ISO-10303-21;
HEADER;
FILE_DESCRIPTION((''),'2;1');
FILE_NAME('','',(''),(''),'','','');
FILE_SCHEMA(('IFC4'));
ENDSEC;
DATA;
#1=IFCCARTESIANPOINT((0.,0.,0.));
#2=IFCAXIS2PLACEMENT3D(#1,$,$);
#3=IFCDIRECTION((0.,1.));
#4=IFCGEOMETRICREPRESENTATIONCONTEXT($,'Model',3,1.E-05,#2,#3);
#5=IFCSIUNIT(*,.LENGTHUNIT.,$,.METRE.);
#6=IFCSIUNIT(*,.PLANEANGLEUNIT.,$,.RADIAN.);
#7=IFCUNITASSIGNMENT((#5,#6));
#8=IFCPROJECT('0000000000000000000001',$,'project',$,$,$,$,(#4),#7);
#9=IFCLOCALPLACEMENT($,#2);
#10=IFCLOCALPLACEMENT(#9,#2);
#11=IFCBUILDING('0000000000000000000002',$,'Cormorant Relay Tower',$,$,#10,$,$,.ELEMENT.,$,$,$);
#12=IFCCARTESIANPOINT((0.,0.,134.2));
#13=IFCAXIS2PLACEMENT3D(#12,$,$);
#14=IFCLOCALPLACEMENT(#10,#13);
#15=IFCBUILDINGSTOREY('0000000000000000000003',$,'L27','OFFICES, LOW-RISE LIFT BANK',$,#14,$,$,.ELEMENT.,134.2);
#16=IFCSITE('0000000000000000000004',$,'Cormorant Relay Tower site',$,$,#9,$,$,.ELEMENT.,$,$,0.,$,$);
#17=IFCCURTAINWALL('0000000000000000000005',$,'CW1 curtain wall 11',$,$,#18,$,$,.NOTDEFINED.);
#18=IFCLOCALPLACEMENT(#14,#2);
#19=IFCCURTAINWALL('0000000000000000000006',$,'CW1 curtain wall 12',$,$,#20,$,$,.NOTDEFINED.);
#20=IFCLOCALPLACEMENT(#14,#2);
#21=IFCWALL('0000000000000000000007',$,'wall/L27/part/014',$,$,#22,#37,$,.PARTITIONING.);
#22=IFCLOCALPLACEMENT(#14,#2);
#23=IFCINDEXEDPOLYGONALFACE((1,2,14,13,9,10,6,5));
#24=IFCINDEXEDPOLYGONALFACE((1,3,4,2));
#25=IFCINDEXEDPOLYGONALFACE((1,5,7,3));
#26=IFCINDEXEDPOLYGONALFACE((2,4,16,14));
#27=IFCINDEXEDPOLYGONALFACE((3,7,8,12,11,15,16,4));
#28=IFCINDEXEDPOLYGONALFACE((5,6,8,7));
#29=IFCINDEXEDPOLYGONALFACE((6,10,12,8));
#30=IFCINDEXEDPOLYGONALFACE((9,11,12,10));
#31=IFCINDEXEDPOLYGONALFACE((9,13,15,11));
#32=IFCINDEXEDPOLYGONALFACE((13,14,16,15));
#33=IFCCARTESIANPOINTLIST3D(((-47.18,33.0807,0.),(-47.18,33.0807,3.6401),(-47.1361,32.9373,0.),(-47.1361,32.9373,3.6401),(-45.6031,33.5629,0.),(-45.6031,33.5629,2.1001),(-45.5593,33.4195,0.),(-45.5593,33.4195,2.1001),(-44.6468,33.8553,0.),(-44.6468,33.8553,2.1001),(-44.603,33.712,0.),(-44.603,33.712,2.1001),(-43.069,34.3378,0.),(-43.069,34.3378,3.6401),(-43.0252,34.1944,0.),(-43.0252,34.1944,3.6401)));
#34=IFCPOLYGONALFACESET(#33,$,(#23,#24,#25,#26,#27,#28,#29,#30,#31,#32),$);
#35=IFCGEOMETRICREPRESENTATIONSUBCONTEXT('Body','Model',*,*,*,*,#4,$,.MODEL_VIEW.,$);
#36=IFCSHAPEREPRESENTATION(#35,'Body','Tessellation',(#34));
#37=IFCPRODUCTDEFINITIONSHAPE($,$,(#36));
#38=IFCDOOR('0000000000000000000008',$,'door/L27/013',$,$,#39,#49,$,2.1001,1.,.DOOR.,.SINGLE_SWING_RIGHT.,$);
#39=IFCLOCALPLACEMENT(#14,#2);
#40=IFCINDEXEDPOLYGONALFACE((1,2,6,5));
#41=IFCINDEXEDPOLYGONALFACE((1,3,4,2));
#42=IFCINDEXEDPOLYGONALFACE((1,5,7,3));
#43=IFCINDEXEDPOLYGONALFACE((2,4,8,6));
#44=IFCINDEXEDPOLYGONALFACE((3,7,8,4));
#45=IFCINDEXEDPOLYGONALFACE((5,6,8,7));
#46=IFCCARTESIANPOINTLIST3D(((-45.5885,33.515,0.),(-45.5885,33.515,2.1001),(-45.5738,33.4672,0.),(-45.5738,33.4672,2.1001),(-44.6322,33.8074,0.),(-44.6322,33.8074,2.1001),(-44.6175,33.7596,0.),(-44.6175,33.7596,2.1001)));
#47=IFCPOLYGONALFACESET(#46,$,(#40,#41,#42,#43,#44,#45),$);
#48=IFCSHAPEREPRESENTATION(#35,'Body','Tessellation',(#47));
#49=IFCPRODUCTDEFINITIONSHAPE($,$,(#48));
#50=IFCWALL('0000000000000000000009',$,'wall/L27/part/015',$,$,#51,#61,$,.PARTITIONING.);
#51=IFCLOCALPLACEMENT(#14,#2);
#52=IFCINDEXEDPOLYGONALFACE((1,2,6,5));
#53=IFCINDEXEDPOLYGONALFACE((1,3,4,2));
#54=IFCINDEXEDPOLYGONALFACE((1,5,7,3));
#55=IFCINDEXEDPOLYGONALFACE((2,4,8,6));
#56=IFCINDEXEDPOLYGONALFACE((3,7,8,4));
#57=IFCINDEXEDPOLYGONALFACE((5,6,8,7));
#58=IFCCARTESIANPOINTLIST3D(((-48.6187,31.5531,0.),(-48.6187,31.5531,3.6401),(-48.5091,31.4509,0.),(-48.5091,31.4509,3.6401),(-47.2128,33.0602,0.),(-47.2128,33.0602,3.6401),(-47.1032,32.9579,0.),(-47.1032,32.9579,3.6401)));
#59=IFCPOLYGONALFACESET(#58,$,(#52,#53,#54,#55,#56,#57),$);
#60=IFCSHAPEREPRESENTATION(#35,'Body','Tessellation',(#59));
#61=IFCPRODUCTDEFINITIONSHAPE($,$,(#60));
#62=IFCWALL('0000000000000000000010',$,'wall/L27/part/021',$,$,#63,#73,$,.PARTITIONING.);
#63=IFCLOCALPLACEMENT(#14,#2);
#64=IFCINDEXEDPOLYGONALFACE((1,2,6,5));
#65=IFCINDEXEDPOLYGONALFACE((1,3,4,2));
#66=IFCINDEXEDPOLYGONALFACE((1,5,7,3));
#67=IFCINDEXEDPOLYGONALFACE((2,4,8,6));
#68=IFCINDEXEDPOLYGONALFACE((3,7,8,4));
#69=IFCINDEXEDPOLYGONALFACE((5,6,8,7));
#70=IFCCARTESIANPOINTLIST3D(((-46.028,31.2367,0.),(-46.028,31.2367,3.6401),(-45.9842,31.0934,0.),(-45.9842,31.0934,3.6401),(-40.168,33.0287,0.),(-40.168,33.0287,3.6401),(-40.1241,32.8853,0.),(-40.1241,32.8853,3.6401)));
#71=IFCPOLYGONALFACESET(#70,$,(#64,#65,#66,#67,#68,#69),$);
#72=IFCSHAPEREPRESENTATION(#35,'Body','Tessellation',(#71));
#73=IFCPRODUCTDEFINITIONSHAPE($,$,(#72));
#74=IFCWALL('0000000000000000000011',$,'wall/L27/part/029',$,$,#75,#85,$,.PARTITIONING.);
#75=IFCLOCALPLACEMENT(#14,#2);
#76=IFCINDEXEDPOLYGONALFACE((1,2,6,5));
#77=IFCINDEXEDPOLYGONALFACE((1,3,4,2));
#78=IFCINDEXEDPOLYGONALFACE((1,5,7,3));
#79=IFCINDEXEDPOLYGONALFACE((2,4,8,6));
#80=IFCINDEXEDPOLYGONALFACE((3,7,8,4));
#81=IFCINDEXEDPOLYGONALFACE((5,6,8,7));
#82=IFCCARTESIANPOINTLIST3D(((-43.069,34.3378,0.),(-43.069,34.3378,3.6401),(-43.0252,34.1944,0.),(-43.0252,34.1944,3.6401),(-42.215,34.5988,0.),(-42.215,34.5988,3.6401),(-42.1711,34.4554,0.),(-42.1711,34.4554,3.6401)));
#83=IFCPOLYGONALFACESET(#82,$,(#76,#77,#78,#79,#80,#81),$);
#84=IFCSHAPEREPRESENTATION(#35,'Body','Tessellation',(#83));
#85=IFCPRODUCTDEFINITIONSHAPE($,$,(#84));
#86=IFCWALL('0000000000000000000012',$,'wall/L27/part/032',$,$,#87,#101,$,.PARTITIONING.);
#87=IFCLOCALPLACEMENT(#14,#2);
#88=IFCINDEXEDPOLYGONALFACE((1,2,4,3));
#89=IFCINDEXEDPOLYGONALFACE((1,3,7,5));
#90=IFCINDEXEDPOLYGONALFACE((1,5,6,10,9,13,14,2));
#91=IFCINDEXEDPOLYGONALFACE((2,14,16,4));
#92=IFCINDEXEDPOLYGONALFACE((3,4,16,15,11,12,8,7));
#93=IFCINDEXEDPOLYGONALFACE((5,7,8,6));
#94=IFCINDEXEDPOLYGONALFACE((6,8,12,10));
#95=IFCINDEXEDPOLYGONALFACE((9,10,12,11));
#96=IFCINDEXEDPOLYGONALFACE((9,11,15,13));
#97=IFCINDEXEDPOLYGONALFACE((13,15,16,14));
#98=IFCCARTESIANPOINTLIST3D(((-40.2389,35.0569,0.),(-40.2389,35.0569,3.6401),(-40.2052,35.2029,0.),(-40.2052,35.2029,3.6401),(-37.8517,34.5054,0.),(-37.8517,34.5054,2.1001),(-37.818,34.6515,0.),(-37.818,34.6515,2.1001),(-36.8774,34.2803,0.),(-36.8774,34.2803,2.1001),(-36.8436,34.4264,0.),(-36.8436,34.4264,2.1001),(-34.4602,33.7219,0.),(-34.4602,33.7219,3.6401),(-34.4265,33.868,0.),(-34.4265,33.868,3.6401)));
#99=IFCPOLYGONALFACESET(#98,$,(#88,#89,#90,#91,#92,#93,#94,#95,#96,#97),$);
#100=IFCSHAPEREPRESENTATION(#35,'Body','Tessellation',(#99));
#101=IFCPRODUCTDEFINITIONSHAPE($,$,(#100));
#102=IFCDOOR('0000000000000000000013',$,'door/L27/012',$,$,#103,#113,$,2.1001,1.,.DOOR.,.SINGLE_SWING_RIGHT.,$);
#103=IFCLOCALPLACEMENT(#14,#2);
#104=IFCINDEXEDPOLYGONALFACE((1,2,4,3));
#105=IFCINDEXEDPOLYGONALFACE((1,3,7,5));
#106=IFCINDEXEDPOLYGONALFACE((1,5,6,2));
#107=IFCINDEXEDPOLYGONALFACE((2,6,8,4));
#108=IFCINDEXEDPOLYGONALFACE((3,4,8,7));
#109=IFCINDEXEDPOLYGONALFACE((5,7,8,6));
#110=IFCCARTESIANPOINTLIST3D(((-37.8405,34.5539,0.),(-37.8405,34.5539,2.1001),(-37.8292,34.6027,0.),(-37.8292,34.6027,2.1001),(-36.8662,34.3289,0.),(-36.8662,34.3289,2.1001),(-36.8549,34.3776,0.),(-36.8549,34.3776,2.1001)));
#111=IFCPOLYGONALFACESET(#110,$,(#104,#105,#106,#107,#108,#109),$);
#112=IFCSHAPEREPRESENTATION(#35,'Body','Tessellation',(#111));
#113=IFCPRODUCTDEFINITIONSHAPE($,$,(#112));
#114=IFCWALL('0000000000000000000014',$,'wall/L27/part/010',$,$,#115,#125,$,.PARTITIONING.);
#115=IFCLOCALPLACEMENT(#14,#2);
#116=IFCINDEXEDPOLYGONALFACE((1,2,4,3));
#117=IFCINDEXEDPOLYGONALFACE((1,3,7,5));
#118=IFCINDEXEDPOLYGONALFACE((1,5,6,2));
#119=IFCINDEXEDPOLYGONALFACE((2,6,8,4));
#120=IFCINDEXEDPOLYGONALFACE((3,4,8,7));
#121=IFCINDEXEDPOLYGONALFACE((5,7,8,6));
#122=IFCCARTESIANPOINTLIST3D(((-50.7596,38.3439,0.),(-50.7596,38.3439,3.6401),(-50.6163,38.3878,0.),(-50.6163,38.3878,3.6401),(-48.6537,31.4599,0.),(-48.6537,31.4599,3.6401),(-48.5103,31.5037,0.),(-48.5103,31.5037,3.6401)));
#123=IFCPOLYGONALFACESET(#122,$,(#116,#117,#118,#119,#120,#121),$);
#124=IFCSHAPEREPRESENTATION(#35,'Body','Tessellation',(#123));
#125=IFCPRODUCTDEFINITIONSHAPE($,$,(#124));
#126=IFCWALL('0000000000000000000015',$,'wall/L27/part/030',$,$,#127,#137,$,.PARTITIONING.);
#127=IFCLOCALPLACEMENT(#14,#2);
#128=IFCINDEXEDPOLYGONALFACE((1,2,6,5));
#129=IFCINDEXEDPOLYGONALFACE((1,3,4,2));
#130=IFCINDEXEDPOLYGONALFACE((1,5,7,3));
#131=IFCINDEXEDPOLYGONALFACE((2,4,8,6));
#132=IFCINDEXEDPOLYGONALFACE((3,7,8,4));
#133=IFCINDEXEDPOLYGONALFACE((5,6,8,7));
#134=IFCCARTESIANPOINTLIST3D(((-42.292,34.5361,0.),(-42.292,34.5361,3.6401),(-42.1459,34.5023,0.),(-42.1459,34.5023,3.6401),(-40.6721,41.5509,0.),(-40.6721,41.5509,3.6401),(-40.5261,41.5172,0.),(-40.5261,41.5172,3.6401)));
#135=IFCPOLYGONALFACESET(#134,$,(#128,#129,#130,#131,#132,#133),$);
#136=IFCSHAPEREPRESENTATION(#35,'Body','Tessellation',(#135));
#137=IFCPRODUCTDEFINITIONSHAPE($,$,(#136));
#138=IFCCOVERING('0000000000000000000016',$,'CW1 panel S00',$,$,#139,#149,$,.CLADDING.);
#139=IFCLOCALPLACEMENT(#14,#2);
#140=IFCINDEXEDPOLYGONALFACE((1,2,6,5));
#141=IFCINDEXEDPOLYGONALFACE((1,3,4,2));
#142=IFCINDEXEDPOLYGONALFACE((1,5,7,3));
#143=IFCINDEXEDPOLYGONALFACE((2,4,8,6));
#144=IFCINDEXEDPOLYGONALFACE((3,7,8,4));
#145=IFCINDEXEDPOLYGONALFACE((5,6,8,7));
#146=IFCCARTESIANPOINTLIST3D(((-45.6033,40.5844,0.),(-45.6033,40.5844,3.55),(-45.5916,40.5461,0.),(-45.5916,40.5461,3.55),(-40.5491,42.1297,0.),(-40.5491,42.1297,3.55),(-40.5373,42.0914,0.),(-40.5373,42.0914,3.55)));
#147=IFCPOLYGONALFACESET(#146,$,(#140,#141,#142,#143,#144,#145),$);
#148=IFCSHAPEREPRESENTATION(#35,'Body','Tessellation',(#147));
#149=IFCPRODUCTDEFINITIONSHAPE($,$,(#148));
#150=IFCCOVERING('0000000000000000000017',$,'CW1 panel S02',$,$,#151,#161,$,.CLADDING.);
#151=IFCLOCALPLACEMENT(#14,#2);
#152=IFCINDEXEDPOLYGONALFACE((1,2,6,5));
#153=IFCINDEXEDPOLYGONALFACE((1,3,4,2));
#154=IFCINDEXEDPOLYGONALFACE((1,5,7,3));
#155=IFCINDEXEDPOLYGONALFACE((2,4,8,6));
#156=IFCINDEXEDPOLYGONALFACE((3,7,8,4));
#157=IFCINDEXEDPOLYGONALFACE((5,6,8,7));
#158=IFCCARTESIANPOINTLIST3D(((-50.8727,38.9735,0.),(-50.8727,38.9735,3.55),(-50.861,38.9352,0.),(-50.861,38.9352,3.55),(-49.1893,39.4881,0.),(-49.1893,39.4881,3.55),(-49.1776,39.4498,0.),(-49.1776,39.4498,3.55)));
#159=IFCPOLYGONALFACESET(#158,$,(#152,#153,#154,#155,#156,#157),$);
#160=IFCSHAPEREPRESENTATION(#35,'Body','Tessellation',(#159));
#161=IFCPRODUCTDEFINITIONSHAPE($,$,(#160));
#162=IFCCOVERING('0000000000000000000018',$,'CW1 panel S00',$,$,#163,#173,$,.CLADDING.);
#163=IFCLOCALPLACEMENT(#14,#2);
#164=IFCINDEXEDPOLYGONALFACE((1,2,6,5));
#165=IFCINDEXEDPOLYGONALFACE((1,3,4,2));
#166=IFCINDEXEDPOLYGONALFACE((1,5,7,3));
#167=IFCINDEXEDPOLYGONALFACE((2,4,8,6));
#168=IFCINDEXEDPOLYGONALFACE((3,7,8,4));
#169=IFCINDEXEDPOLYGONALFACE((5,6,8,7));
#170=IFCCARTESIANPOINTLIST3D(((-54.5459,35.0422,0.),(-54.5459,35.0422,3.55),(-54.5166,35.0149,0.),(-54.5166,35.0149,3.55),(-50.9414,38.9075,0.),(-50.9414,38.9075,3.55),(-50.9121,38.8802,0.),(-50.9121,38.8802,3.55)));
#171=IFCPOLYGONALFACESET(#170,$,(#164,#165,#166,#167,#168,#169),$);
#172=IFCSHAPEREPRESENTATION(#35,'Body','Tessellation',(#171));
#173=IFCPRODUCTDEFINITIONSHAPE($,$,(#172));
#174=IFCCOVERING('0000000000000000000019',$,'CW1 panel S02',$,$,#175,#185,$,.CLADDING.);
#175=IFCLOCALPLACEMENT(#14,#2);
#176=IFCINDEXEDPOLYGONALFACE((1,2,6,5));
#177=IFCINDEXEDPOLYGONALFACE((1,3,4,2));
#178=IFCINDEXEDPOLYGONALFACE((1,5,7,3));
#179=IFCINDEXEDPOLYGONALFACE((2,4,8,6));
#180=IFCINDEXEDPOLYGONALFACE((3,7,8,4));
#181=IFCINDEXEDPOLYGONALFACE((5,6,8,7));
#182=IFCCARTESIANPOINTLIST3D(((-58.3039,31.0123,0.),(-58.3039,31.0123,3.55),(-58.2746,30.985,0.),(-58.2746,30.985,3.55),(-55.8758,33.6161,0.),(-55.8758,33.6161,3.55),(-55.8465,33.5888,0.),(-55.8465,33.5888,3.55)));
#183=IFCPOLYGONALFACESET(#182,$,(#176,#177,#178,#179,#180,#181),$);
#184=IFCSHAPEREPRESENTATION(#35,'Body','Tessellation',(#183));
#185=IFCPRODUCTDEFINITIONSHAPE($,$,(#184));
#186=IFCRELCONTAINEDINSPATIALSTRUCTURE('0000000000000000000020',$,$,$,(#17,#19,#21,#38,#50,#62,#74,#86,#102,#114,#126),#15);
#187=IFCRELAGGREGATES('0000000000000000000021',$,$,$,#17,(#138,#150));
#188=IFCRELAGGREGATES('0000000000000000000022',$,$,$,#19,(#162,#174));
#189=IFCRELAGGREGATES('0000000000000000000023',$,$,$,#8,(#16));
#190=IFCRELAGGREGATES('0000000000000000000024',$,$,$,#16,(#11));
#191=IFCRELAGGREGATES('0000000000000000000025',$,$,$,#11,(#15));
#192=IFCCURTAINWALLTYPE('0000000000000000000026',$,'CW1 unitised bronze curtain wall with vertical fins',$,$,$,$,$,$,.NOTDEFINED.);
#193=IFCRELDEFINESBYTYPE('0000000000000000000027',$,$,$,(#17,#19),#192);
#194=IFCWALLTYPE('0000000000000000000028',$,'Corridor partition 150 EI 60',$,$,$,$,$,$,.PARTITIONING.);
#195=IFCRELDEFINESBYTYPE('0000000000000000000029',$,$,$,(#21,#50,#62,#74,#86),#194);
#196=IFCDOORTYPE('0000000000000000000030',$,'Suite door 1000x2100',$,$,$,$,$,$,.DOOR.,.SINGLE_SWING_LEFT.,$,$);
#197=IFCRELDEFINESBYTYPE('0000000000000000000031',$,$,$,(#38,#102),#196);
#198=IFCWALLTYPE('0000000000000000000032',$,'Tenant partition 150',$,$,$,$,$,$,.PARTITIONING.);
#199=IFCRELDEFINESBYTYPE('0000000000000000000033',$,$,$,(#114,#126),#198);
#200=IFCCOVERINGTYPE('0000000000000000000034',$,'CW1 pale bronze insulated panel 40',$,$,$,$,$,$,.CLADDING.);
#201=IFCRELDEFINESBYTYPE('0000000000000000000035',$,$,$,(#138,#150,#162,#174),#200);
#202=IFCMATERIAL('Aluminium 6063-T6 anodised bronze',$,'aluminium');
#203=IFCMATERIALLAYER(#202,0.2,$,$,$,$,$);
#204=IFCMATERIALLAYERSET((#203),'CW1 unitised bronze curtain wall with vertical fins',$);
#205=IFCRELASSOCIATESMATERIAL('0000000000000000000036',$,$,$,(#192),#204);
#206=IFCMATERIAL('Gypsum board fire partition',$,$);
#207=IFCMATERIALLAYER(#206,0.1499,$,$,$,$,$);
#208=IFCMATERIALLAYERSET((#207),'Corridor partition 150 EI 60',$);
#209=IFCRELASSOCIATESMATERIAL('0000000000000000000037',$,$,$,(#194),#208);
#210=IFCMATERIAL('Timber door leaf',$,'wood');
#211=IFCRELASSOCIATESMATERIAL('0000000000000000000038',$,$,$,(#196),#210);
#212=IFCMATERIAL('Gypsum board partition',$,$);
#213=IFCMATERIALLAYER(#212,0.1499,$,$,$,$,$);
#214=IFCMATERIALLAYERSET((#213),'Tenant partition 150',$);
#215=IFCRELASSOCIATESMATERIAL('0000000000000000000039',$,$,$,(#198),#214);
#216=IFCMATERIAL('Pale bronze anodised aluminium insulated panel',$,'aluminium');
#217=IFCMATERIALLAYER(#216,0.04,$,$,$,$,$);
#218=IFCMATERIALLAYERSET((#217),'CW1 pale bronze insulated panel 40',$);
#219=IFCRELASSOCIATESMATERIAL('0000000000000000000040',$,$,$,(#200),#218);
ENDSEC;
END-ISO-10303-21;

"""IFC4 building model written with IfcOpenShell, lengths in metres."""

from ifc_helpers import new_model, si_unit, direction, frame, frame_2d, origin, origin_2d, place, context, subcontext, project, spatial, rectangle, extrude, material, layer, layer_set, type_object, element, fill, aggregate, save


model = new_model("IFC4")

# Units and contexts
model_context = context("Model", 3, precision=1e-05, world=origin(), true_north=direction((0.0, 1.0)))
body_context = subcontext(model_context, "Body", "Model", "MODEL_VIEW")
ifc_project = project(units=[si_unit("LENGTHUNIT", "METRE"), si_unit("PLANEANGLEUNIT", "RADIAN")], contexts=[model_context])

# Site, building, storey
site_placement = place(None, origin())
site = spatial("IfcSite", under=ifc_project, at=site_placement, Name="Cormorant Relay Tower site", CompositionType="ELEMENT", RefElevation=0.0)
building_placement = place(site_placement, origin())
building = spatial("IfcBuilding", under=site, at=building_placement, Name="Cormorant Relay Tower", CompositionType="ELEMENT")
storey_placement = place(building_placement, frame((0.0, 0.0, 134.2)))
storey = spatial("IfcBuildingStorey", under=building, at=storey_placement, Name="L27", Description="OFFICES, LOW-RISE LIFT BANK", CompositionType="ELEMENT", Elevation=134.2)

# Curtain walls
ifc_material_1 = material(Name="Aluminium 6063-T6 anodised bronze", Category="aluminium")
ifc_layer_1 = layer(ifc_material_1, 0.2)
ifc_layer_set_1 = layer_set([ifc_layer_1], Name="CW1 unitised bronze curtain wall with vertical fins")
curtain_wall_type = type_object("IfcCurtainWallType", Name="CW1 unitised bronze curtain wall with vertical fins", PredefinedType="NOTDEFINED", material=ifc_layer_set_1)
curtain_wall_1_placement = place(storey_placement, origin())
curtain_wall_1 = element("IfcCurtainWall", 1, at=curtain_wall_1_placement, inside=storey, type_object=curtain_wall_type, Name="CW1 curtain wall 11", PredefinedType="NOTDEFINED")
curtain_wall_2_placement = place(storey_placement, origin())
curtain_wall_2 = element("IfcCurtainWall", 2, at=curtain_wall_2_placement, inside=storey, type_object=curtain_wall_type, Name="CW1 curtain wall 12", PredefinedType="NOTDEFINED")

# Wall, opening, door
ifc_material_2 = material(Name="Gypsum board fire partition")
ifc_layer_2 = layer(ifc_material_2, 0.1499)
ifc_layer_set_2 = layer_set([ifc_layer_2], Name="Corridor partition 150 EI 60")
wall_type_1 = type_object("IfcWallType", Name="Corridor partition 150 EI 60", PredefinedType="PARTITIONING", material=ifc_layer_set_2)
wall_1_placement = place(storey_placement, frame((-43.0471, 34.2661, 0.0), z_axis=(0.0, 0.0, 1.0), x_axis=(-0.956287, -0.292429, 0.0)))
wall_1 = element("IfcWall", 3, at=wall_1_placement, inside=storey, type_object=wall_type_1, Name="wall/L27/part/014", PredefinedType="PARTITIONING", context=body_context, shape_type="SweptSolid", body=[
    extrude(rectangle(XDim=4.2988, YDim=0.1499, at=frame_2d((2.1494, 0.0))), origin(), (0.0, 0.0, 1.0), 3.6401),
])
opening_1_placement = place(wall_1_placement, frame((1.6499, 0.0, 0.0)))
opening_1 = element("IfcOpeningElement", 4, at=opening_1_placement, cuts=wall_1, PredefinedType="OPENING", context=body_context, shape_type="SweptSolid", body=[
    extrude(rectangle(XDim=1.0, YDim=2.1001, at=frame_2d((0.5, 1.05))), frame((0.0, 0.085, 0.0), z_axis=(0.0, -1.0, 0.0), x_axis=(1.0, 0.0, 0.0)), (0.0, 0.0, 1.0), 0.1699),
])
ifc_material_3 = material(Name="Timber door leaf", Category="wood")
door_type = type_object("IfcDoorType", Name="Suite door 1000x2100", OperationType="SINGLE_SWING_LEFT", PredefinedType="DOOR", material=ifc_material_3)
door_1_placement = place(opening_1_placement, frame((1.0, 0.0, 0.0), z_axis=(0.0, 0.0, 1.0), x_axis=(-1.0, 0.0, 0.0)))
door_1 = element("IfcDoor", 5, at=door_1_placement, inside=storey, type_object=door_type, Name="door/L27/013", OperationType="SINGLE_SWING_RIGHT", OverallHeight=2.1001, OverallWidth=1.0, PredefinedType="DOOR", context=body_context, shape_type="SweptSolid", body=[
    extrude(rectangle(XDim=1.0, YDim=2.1001, at=frame_2d((0.5, 1.05))), frame((0.0, 0.0249, 0.0), z_axis=(0.0, -1.0, 0.0), x_axis=(1.0, 0.0, 0.0)), (0.0, 0.0, 1.0), 0.05),
])
fill(opening_1, door_1)

# Walls
wall_2_placement = place(storey_placement, frame((-47.158, 33.009, 0.0), z_axis=(0.0, 0.0, 1.0), x_axis=(-0.682162, -0.731201, 0.0)))
element("IfcWall", 6, at=wall_2_placement, inside=storey, type_object=wall_type_1, Name="wall/L27/part/015", PredefinedType="PARTITIONING", context=body_context, shape_type="SweptSolid", body=[
    extrude(rectangle(XDim=2.061, YDim=0.1499, at=frame_2d((1.0305, 0.0))), origin(), (0.0, 0.0, 1.0), 3.6401),
])
wall_3_placement = place(storey_placement, frame((-46.0061, 31.165, 0.0), z_axis=(0.0, 0.0, 1.0), x_axis=(0.956288, 0.292428, 0.0)))
element("IfcWall", 7, at=wall_3_placement, inside=storey, type_object=wall_type_1, Name="wall/L27/part/021", PredefinedType="PARTITIONING", context=body_context, shape_type="SweptSolid", body=[
    extrude(rectangle(XDim=6.1279, YDim=0.1499, at=frame_2d((3.064, 0.0))), origin(), (0.0, 0.0, 1.0), 3.6401),
])
wall_4_placement = place(storey_placement, frame((-43.0471, 34.2661, 0.0), z_axis=(0.0, 0.0, 1.0), x_axis=(0.956339, 0.29226, 0.0)))
element("IfcWall", 8, at=wall_4_placement, inside=storey, type_object=wall_type_1, Name="wall/L27/part/029", PredefinedType="PARTITIONING", context=body_context, shape_type="SweptSolid", body=[
    extrude(rectangle(XDim=0.8931, YDim=0.1499, at=frame_2d((0.4465, 0.0))), origin(), (0.0, 0.0, 1.0), 3.6401),
])

# Wall, opening, door
wall_5_placement = place(storey_placement, frame((-40.2219, 35.1299, 0.0), z_axis=(0.0, 0.0, 1.0), x_axis=(0.97434, -0.225082, 0.0)))
wall_5 = element("IfcWall", 9, at=wall_5_placement, inside=storey, type_object=wall_type_1, Name="wall/L27/part/032", PredefinedType="PARTITIONING", context=body_context, shape_type="SweptSolid", body=[
    extrude(rectangle(XDim=5.9309, YDim=0.1499, at=frame_2d((2.9653, 0.0))), origin(), (0.0, 0.0, 1.0), 3.6401),
])
opening_2_placement = place(wall_5_placement, frame((2.45, 0.0, 0.0)))
opening_2 = element("IfcOpeningElement", 10, at=opening_2_placement, cuts=wall_5, PredefinedType="OPENING", context=body_context, shape_type="SweptSolid", body=[
    extrude(rectangle(XDim=1.0, YDim=2.1001, at=frame_2d((0.5, 1.05))), frame((0.0, 0.085, 0.0), z_axis=(0.0, -1.0, 0.0), x_axis=(1.0, 0.0, 0.0)), (0.0, 0.0, 1.0), 0.1699),
])
door_2_placement = place(opening_2_placement, origin())
door_2 = element("IfcDoor", 11, at=door_2_placement, inside=storey, type_object=door_type, Name="door/L27/012", OperationType="SINGLE_SWING_RIGHT", OverallHeight=2.1001, OverallWidth=1.0, PredefinedType="DOOR", context=body_context, shape_type="SweptSolid", body=[
    extrude(rectangle(XDim=1.0, YDim=2.1001, at=frame_2d((0.5, 1.05))), frame((0.0, 0.0249, 0.0), z_axis=(0.0, -1.0, 0.0), x_axis=(1.0, 0.0, 0.0)), (0.0, 0.0, 1.0), 0.05),
])
fill(opening_2, door_2)

# Walls
ifc_material_4 = material(Name="Gypsum board partition")
ifc_layer_3 = layer(ifc_material_4, 0.1499)
ifc_layer_set_3 = layer_set([ifc_layer_3], Name="Tenant partition 150")
wall_type_2 = type_object("IfcWallType", Name="Tenant partition 150", PredefinedType="PARTITIONING", material=ifc_layer_set_3)
wall_6_placement = place(storey_placement, frame((-50.688, 38.366, 0.0), z_axis=(0.0, 0.0, 1.0), x_axis=(0.292536, -0.956254, 0.0)))
element("IfcWall", 12, at=wall_6_placement, inside=storey, type_object=wall_type_2, Name="wall/L27/part/010", PredefinedType="PARTITIONING", context=body_context, shape_type="SweptSolid", body=[
    extrude(rectangle(XDim=7.199, YDim=0.1499, at=frame_2d((3.5996, 0.0))), origin(), (0.0, 0.0, 1.0), 3.6401),
])
wall_7_placement = place(storey_placement, frame((-40.5991, 41.5339, 0.0), z_axis=(0.0, 0.0, 1.0), x_axis=(-0.224998, -0.974359, 0.0)))
element("IfcWall", 13, at=wall_7_placement, inside=storey, type_object=wall_type_2, Name="wall/L27/part/030", PredefinedType="PARTITIONING", context=body_context, shape_type="SweptSolid", body=[
    extrude(rectangle(XDim=7.1995, YDim=0.1499, at=frame_2d((3.5996, 0.0))), origin(), (0.0, 0.0, 1.0), 3.6401),
])

# Coverings
ifc_material_5 = material(Name="Pale bronze anodised aluminium insulated panel", Category="aluminium")
ifc_layer_4 = layer(ifc_material_5, 0.04)
ifc_layer_set_4 = layer_set([ifc_layer_4], Name="CW1 pale bronze insulated panel 40")
covering_type = type_object("IfcCoveringType", Name="CW1 pale bronze insulated panel 40", PredefinedType="CLADDING", material=ifc_layer_set_4)
covering_1_placement = place(storey_placement, frame((-43.0703, 41.3379, 0.0), z_axis=(0.0, 0.0, 1.0), x_axis=(-0.956305, -0.292372, 0.0)))
covering_1 = element("IfcCovering", 14, at=covering_1_placement, type_object=covering_type, Name="CW1 panel S00", PredefinedType="CLADDING", context=body_context, shape_type="SweptSolid", body=[
    extrude(rectangle(XDim=5.2852, YDim=0.04, at=origin_2d()), origin(), (0.0, 0.0, 1.0), 3.55),
])
covering_2_placement = place(storey_placement, frame((-50.0251, 39.2117, 0.0), z_axis=(0.0, 0.0, 1.0), x_axis=(-0.956305, -0.292372, 0.0)))
covering_2 = element("IfcCovering", 15, at=covering_2_placement, type_object=covering_type, Name="CW1 panel S02", PredefinedType="CLADDING", context=body_context, shape_type="SweptSolid", body=[
    extrude(rectangle(XDim=1.7603, YDim=0.04, at=origin_2d()), origin(), (0.0, 0.0, 1.0), 3.55),
])
aggregate(curtain_wall_1, [covering_1, covering_2])
covering_3_placement = place(storey_placement, frame((-52.729, 36.9612, 0.0), z_axis=(0.0, 0.0, 1.0), x_axis=(-0.681998, -0.731354, 0.0)))
covering_3 = element("IfcCovering", 16, at=covering_3_placement, type_object=covering_type, Name="CW1 panel S00", PredefinedType="CLADDING", context=body_context, shape_type="SweptSolid", body=[
    extrude(rectangle(XDim=5.2852, YDim=0.04, at=origin_2d()), origin(), (0.0, 0.0, 1.0), 3.55),
])
covering_4_placement = place(storey_placement, frame((-57.0752, 32.3005, 0.0), z_axis=(0.0, 0.0, 1.0), x_axis=(-0.681998, -0.731354, 0.0)))
covering_4 = element("IfcCovering", 17, at=covering_4_placement, type_object=covering_type, Name="CW1 panel S02", PredefinedType="CLADDING", context=body_context, shape_type="SweptSolid", body=[
    extrude(rectangle(XDim=3.5603, YDim=0.04, at=origin_2d()), origin(), (0.0, 0.0, 1.0), 3.55),
])
aggregate(curtain_wall_2, [covering_3, covering_4])

save(model, "model.ifc")
